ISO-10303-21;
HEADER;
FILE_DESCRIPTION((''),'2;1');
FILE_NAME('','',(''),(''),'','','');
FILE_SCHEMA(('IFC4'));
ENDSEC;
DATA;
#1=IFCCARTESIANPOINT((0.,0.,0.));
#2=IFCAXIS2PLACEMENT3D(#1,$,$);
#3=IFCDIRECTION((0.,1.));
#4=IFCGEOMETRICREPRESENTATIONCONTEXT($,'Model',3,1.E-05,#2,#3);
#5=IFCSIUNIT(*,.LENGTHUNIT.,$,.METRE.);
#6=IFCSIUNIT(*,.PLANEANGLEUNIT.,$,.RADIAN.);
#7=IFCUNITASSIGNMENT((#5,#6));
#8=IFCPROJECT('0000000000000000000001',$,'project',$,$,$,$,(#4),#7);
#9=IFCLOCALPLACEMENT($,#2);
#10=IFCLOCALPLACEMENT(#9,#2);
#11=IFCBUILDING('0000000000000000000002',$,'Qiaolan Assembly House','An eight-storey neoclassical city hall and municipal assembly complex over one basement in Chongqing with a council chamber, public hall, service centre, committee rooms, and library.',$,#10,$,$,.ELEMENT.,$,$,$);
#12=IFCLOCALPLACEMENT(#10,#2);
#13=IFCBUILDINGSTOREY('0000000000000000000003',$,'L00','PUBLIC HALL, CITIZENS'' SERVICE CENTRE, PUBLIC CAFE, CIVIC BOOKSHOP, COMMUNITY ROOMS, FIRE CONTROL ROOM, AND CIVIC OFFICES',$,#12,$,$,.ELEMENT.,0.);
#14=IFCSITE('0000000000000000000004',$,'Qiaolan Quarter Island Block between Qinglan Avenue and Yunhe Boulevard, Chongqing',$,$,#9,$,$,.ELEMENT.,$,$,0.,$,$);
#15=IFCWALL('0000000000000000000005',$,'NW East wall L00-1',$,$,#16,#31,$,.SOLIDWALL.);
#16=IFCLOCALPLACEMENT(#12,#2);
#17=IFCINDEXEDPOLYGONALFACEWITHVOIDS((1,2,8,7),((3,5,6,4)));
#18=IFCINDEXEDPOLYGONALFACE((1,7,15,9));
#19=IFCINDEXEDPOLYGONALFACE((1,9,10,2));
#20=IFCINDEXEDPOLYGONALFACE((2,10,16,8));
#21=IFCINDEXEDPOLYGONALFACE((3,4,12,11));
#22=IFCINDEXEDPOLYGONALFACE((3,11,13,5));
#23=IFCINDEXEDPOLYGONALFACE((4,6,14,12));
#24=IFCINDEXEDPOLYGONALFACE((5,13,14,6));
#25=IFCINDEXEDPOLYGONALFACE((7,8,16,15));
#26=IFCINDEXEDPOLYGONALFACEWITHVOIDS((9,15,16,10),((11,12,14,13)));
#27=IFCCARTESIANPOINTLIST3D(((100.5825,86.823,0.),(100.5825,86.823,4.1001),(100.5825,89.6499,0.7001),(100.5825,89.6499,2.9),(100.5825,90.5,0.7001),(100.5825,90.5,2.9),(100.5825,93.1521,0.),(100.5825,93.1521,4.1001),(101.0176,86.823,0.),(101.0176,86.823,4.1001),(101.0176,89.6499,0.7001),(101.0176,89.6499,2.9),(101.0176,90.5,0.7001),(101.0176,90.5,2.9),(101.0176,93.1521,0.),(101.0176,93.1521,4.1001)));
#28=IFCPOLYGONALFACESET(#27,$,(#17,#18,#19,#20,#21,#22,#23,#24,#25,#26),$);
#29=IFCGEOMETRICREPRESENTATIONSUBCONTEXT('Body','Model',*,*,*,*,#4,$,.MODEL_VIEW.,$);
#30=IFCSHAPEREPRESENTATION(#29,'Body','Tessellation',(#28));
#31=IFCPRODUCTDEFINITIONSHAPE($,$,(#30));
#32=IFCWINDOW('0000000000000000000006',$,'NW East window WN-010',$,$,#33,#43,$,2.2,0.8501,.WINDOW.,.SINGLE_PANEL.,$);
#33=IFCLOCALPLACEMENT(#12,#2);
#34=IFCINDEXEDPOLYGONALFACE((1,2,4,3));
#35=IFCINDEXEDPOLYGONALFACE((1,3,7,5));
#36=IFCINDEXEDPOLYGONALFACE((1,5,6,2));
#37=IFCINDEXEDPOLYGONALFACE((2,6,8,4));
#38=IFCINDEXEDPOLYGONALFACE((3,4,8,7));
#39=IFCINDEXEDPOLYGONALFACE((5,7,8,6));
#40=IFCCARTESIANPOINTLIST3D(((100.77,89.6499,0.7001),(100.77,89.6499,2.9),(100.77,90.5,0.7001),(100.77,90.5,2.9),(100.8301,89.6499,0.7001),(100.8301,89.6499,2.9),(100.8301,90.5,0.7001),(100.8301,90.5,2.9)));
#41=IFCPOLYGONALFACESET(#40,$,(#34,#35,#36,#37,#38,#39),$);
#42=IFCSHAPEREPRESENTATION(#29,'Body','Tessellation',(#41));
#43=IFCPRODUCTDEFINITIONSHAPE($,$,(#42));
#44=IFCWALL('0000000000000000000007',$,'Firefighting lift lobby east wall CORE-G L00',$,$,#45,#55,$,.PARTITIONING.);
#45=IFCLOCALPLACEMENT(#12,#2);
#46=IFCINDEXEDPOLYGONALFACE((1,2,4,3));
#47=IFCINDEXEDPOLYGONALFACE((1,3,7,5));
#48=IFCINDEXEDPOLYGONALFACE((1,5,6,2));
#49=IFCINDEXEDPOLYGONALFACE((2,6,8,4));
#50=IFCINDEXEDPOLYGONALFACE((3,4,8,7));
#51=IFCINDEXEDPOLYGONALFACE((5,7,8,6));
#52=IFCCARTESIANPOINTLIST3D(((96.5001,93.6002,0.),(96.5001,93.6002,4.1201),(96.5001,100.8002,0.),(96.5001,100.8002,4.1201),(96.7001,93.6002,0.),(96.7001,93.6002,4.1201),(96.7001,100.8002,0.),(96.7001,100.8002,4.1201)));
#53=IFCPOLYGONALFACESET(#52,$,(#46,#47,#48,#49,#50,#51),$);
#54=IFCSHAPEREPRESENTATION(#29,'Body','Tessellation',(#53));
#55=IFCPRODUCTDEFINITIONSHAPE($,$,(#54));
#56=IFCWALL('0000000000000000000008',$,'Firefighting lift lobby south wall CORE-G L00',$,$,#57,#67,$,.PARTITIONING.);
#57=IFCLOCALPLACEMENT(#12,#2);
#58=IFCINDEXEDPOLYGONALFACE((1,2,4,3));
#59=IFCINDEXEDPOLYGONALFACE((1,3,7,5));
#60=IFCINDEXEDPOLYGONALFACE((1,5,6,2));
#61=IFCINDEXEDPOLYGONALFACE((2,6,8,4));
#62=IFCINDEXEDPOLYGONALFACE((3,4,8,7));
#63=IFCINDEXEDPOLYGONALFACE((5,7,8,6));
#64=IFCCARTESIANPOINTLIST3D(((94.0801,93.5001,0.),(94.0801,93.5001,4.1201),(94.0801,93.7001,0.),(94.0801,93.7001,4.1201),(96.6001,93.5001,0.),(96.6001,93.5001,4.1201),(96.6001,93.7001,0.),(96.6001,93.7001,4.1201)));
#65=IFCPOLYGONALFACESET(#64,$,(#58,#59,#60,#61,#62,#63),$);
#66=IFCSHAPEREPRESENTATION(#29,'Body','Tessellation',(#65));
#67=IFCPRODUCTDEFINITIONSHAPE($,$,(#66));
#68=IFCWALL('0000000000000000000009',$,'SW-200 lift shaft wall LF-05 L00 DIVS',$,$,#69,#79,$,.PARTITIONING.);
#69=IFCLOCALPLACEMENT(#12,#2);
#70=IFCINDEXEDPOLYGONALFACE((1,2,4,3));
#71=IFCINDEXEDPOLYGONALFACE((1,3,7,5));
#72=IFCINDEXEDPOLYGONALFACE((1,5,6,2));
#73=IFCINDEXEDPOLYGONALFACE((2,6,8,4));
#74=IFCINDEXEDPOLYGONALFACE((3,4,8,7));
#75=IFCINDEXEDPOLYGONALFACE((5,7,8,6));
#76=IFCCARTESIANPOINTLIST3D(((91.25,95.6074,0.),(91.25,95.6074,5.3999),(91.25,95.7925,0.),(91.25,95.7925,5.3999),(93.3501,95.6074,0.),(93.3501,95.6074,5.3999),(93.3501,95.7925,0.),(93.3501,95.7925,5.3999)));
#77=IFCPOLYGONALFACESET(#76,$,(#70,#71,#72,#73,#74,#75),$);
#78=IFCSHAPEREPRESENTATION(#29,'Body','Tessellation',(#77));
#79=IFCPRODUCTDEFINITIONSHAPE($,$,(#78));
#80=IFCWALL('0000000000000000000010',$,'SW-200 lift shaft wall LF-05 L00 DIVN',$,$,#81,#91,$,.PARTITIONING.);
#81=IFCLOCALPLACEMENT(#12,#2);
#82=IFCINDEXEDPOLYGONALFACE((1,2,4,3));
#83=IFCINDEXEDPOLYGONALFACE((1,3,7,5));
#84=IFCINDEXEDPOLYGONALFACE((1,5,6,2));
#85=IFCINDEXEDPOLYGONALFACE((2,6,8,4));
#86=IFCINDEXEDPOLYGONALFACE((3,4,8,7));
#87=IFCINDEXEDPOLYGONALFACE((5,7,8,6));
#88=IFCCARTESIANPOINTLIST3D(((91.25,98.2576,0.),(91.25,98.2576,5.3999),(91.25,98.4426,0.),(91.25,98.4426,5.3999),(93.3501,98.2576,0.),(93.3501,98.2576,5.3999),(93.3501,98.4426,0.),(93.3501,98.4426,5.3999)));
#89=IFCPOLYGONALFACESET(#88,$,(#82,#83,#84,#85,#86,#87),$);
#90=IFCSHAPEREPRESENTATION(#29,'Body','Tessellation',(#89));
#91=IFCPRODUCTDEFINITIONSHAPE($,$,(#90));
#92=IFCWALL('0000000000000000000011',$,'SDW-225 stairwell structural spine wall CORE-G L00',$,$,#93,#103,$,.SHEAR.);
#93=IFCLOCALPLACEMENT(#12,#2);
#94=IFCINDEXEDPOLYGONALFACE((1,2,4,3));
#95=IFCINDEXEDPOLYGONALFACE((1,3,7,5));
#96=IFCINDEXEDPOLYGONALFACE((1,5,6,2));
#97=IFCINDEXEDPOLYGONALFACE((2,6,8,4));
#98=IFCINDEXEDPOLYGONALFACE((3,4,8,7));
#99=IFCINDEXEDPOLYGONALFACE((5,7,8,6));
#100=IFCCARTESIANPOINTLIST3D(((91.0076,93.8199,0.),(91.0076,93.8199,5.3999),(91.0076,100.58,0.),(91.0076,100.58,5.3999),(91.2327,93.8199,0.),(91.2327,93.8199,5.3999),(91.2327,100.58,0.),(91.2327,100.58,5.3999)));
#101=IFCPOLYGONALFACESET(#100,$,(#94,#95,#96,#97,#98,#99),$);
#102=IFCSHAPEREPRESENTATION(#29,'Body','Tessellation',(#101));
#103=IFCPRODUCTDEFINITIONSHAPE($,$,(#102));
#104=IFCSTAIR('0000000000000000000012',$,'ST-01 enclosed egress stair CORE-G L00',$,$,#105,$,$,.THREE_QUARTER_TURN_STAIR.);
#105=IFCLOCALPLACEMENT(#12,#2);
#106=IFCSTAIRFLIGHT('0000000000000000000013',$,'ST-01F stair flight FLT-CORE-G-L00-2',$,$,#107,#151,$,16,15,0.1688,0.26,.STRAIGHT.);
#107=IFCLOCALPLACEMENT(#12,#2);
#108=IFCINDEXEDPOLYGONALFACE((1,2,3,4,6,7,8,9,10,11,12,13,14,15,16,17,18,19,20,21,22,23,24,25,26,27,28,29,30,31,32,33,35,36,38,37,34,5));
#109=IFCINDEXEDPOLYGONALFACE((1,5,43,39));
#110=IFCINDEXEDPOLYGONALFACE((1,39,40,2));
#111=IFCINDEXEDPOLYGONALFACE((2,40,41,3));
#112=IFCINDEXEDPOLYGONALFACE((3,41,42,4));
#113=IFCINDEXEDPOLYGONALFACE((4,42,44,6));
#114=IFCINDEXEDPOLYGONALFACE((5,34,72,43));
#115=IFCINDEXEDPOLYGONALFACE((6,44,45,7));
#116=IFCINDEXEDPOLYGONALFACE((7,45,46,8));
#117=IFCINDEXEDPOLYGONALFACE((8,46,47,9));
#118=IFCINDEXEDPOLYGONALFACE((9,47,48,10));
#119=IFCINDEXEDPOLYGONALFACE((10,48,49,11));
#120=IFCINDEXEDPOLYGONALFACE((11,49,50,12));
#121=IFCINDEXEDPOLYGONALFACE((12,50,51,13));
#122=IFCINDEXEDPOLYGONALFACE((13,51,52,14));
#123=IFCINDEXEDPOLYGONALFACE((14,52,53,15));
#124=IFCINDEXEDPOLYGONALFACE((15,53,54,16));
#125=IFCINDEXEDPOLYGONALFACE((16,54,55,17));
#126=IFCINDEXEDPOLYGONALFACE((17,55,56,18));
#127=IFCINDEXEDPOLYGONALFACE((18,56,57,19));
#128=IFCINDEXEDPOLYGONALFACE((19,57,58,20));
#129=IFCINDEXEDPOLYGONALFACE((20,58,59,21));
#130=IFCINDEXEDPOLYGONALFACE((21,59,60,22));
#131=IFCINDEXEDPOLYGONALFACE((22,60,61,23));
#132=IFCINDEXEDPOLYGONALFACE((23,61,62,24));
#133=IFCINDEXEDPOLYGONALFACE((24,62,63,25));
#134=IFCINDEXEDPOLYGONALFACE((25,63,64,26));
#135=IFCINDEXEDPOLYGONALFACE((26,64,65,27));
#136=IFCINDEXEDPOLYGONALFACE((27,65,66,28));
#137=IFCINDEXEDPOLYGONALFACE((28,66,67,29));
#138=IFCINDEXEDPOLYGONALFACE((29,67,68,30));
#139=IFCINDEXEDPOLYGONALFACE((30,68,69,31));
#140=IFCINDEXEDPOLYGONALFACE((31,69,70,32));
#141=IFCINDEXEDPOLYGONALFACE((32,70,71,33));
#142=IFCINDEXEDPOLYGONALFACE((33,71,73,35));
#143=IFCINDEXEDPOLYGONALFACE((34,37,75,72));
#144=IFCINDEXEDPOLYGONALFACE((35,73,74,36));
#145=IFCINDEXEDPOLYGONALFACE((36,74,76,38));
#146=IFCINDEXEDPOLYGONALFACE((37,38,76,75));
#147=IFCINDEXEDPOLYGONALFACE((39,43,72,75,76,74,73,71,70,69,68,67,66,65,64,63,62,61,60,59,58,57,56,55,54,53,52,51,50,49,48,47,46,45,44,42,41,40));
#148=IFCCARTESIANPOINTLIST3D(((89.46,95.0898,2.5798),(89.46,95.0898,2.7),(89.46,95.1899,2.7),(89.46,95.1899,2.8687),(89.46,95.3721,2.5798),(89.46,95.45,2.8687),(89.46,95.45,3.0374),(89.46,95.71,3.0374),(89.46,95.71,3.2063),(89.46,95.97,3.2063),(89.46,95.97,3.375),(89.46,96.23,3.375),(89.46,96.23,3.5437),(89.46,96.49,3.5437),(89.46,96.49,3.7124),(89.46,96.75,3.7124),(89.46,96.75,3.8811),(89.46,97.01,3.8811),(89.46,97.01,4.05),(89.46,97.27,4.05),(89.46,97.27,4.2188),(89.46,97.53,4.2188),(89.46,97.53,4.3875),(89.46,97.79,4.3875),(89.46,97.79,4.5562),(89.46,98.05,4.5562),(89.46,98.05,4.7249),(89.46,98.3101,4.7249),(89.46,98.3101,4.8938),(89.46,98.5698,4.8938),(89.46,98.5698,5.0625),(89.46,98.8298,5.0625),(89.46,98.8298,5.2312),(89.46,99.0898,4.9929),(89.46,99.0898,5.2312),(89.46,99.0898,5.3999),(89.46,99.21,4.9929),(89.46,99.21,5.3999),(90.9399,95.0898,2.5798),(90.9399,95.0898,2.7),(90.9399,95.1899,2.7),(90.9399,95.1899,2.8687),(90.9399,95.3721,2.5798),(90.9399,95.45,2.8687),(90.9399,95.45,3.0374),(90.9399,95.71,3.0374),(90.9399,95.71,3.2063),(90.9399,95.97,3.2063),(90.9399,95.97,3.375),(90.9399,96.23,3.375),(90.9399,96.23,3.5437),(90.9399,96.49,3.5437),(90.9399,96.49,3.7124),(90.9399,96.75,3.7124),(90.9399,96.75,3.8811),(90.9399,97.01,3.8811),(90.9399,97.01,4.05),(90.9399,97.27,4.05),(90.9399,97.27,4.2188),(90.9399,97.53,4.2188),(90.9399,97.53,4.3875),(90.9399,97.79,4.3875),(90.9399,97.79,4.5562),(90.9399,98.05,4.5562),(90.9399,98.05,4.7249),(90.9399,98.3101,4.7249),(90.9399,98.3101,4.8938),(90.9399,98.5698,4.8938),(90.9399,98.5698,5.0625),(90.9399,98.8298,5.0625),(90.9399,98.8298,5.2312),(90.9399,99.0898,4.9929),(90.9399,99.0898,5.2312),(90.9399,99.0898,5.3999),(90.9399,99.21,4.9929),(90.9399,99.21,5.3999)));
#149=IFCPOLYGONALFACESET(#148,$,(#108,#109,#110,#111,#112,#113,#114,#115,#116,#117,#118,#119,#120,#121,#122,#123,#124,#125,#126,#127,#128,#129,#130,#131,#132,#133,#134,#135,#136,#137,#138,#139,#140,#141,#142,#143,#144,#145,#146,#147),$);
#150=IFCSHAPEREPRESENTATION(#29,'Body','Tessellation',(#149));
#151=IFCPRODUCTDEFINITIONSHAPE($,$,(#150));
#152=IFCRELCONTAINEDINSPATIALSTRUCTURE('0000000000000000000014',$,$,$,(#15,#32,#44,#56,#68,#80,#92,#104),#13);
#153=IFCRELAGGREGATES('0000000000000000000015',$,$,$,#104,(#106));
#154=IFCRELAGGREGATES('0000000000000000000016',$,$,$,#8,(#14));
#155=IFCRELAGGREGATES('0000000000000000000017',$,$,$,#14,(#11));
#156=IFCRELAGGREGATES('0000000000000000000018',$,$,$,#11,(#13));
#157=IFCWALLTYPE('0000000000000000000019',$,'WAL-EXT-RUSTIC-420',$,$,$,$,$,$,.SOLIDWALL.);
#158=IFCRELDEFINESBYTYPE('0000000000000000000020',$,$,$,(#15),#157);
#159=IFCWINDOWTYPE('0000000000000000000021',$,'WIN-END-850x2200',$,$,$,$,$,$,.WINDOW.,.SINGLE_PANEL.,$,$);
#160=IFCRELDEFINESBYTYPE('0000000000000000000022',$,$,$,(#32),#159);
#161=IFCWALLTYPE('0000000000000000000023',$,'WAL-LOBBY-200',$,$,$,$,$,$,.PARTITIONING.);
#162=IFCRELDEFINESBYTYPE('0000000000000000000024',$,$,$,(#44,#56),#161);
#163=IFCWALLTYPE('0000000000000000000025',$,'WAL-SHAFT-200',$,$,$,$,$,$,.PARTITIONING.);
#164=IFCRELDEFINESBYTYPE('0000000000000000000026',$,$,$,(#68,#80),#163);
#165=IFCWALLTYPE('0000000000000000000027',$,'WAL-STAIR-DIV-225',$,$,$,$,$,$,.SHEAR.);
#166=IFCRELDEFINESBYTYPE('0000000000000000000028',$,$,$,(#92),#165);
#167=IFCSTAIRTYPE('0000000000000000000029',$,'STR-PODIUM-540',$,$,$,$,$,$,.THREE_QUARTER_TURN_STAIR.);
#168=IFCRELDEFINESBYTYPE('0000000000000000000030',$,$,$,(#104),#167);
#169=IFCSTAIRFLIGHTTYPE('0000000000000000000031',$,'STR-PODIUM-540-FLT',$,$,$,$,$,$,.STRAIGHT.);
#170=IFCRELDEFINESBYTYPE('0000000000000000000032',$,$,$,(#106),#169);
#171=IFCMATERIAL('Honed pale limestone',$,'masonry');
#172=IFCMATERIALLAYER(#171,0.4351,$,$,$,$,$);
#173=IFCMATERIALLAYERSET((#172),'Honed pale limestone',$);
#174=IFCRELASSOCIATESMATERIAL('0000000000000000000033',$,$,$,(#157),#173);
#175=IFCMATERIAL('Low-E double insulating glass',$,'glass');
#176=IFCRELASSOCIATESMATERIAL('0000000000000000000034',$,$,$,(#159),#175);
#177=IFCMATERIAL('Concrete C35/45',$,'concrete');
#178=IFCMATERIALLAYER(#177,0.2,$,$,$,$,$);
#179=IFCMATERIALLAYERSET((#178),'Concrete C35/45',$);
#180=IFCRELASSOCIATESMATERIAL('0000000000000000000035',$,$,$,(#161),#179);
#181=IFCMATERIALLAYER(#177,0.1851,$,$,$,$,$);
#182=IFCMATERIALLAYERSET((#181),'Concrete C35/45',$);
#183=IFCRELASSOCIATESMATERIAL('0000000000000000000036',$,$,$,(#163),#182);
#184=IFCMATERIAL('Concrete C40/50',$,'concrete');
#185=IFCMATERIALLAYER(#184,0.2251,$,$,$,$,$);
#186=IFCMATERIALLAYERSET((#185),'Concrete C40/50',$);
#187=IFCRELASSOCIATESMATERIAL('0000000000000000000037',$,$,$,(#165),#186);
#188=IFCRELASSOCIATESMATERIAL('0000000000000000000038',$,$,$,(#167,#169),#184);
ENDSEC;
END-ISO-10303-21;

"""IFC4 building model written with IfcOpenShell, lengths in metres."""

from ifc_helpers import new_model, si_unit, direction, frame, frame_2d, origin, place, context, subcontext, project, spatial, polyline, rectangle, outline, extrude, material, layer, layer_set, type_object, element, fill, aggregate, save


model = new_model("IFC4")

# Units and contexts
model_context = context("Model", 3, precision=1e-05, world=origin(), true_north=direction((0.0, 1.0)))
body_context = subcontext(model_context, "Body", "Model", "MODEL_VIEW")
ifc_project = project(units=[si_unit("LENGTHUNIT", "METRE"), si_unit("PLANEANGLEUNIT", "RADIAN")], contexts=[model_context])

# Site, building, storey
site_placement = place(None, origin())
site = spatial("IfcSite", under=ifc_project, at=site_placement, Name="Qiaolan Quarter Island Block between Qinglan Avenue and Yunhe Boulevard, Chongqing", CompositionType="ELEMENT", RefElevation=0.0)
building_placement = place(site_placement, origin())
building = spatial("IfcBuilding", under=site, at=building_placement, Name="Qiaolan Assembly House", Description="An eight-storey neoclassical city hall and municipal assembly complex over one basement in Chongqing with a council chamber, public hall, service centre, committee rooms, and library.", CompositionType="ELEMENT")
storey_placement = place(building_placement, origin())
storey = spatial("IfcBuildingStorey", under=building, at=storey_placement, Name="L00", Description="PUBLIC HALL, CITIZENS' SERVICE CENTRE, PUBLIC CAFE, CIVIC BOOKSHOP, COMMUNITY ROOMS, FIRE CONTROL ROOM, AND CIVIC OFFICES", CompositionType="ELEMENT", Elevation=0.0)

# Shared definitions
ifc_material_1 = material(Name="Concrete C40/50", Category="concrete")

# Wall, opening, window
ifc_material_2 = material(Name="Honed pale limestone", Category="masonry")
ifc_layer_1 = layer(ifc_material_2, 0.4351)
ifc_layer_set_1 = layer_set([ifc_layer_1], Name="Honed pale limestone")
wall_type_1 = type_object("IfcWallType", Name="WAL-EXT-RUSTIC-420", PredefinedType="SOLIDWALL", material=ifc_layer_set_1)
wall_1_placement = place(storey_placement, frame((100.8, 93.1521, 0.0), z_axis=(0.0, 0.0, 1.0), x_axis=(0.0, -1.0, 0.0)))
wall_1 = element("IfcWall", 1, at=wall_1_placement, inside=storey, type_object=wall_type_1, Name="NW East wall L00-1", PredefinedType="SOLIDWALL", context=body_context, shape_type="SweptSolid", body=[
    extrude(rectangle(XDim=6.3291, YDim=0.4351, at=frame_2d((3.1646, 0.0))), origin(), (0.0, 0.0, 1.0), 4.1001),
])
opening_1_placement = place(wall_1_placement, frame((2.6521, 0.0, 0.7)))
opening_1 = element("IfcOpeningElement", 2, at=opening_1_placement, cuts=wall_1, PredefinedType="OPENING", context=body_context, shape_type="SweptSolid", body=[
    extrude(rectangle(XDim=0.8501, YDim=2.2, at=frame_2d((0.425, 1.1001))), frame((0.0, 0.2275, 0.0), z_axis=(0.0, -1.0, 0.0), x_axis=(1.0, 0.0, 0.0)), (0.0, 0.0, 1.0), 0.4551),
])
ifc_material_3 = material(Name="Low-E double insulating glass", Category="glass")
window_type = type_object("IfcWindowType", Name="WIN-END-850x2200", PartitioningType="SINGLE_PANEL", PredefinedType="WINDOW", material=ifc_material_3)
window_placement = place(opening_1_placement, origin())
window = element("IfcWindow", 3, at=window_placement, inside=storey, type_object=window_type, Name="NW East window WN-010", OverallHeight=2.2, OverallWidth=0.8501, PartitioningType="SINGLE_PANEL", PredefinedType="WINDOW", context=body_context, shape_type="SweptSolid", body=[
    extrude(rectangle(XDim=0.8501, YDim=2.2, at=frame_2d((0.425, 1.1001))), frame((0.0, 0.03, 0.0), z_axis=(0.0, -1.0, 0.0), x_axis=(1.0, 0.0, 0.0)), (0.0, 0.0, 1.0), 0.0601),
])
fill(opening_1, window)

# Walls
ifc_material_4 = material(Name="Concrete C35/45", Category="concrete")
ifc_layer_2 = layer(ifc_material_4, 0.2)
ifc_layer_set_2 = layer_set([ifc_layer_2], Name="Concrete C35/45")
wall_type_2 = type_object("IfcWallType", Name="WAL-LOBBY-200", PredefinedType="PARTITIONING", material=ifc_layer_set_2)
wall_2_placement = place(storey_placement, frame((96.6001, 93.6001, 0.0), z_axis=(0.0, 0.0, 1.0), x_axis=(0.0, 1.0, 0.0)))
element("IfcWall", 4, at=wall_2_placement, inside=storey, type_object=wall_type_2, Name="Firefighting lift lobby east wall CORE-G L00", PredefinedType="PARTITIONING", context=body_context, shape_type="SweptSolid", body=[
    extrude(rectangle(XDim=7.2, YDim=0.2, at=frame_2d((3.6001, 0.0))), origin(), (0.0, 0.0, 1.0), 4.1201),
])
wall_3_placement = place(storey_placement, frame((94.0801, 93.6001, 0.0), z_axis=(0.0, 0.0, 1.0), x_axis=(1.0, 0.0, 0.0)))
element("IfcWall", 5, at=wall_3_placement, inside=storey, type_object=wall_type_2, Name="Firefighting lift lobby south wall CORE-G L00", PredefinedType="PARTITIONING", context=body_context, shape_type="SweptSolid", body=[
    extrude(rectangle(XDim=2.52, YDim=0.2, at=frame_2d((1.26, 0.0))), origin(), (0.0, 0.0, 1.0), 4.1201),
])
ifc_layer_3 = layer(ifc_material_4, 0.1851)
ifc_layer_set_3 = layer_set([ifc_layer_3], Name="Concrete C35/45")
wall_type_3 = type_object("IfcWallType", Name="WAL-SHAFT-200", PredefinedType="PARTITIONING", material=ifc_layer_set_3)
for number, where, z_axis, x_axis, name in (
    (6, (91.25, 95.7, 0.0), (0.0, 0.0, 1.0), (1.0, 0.0, 0.0), "SW-200 lift shaft wall LF-05 L00 DIVS"),
    (7, (91.25, 98.3501, 0.0), (0.0, 0.0, 1.0), (1.0, 0.0, 0.0), "SW-200 lift shaft wall LF-05 L00 DIVN"),
):
    element("IfcWall", number, at=place(storey_placement, frame(where, z_axis=z_axis, x_axis=x_axis)), inside=storey, type_object=wall_type_3, Name=name, PredefinedType="PARTITIONING", context=body_context, shape_type="SweptSolid", body=[
        extrude(rectangle(XDim=2.1001, YDim=0.1851, at=frame_2d((1.05, 0.0))), origin(), (0.0, 0.0, 1.0), 5.3999),
    ])
ifc_layer_4 = layer(ifc_material_1, 0.2251)
ifc_layer_set_4 = layer_set([ifc_layer_4], Name="Concrete C40/50")
wall_type_4 = type_object("IfcWallType", Name="WAL-STAIR-DIV-225", PredefinedType="SHEAR", material=ifc_layer_set_4)
wall_4_placement = place(storey_placement, frame((91.1201, 93.8201, 0.0), z_axis=(0.0, 0.0, 1.0), x_axis=(0.0, 1.0, 0.0)))
element("IfcWall", 8, at=wall_4_placement, inside=storey, type_object=wall_type_4, Name="SDW-225 stairwell structural spine wall CORE-G L00", PredefinedType="SHEAR", context=body_context, shape_type="SweptSolid", body=[
    extrude(rectangle(XDim=6.76, YDim=0.2251, at=frame_2d((3.3799, 0.0))), origin(), (0.0, 0.0, 1.0), 5.3999),
])

# Stair, stair flight
stair_type = type_object("IfcStairType", Name="STR-PODIUM-540", PredefinedType="THREE_QUARTER_TURN_STAIR", material=ifc_material_1)
stair_placement = place(storey_placement, origin())
stair = element("IfcStair", 9, at=stair_placement, inside=storey, type_object=stair_type, Name="ST-01 enclosed egress stair CORE-G L00", PredefinedType="THREE_QUARTER_TURN_STAIR")
stair_flight_type = type_object("IfcStairFlightType", Name="STR-PODIUM-540-FLT", PredefinedType="STRAIGHT", material=ifc_material_1)
stair_flight_placement = place(storey_placement, frame((90.2, 95.1899, 2.7), z_axis=(0.0, 0.0, 1.0), x_axis=(0.0, 1.0, 0.0)))
stair_flight = element("IfcStairFlight", 10, at=stair_flight_placement, type_object=stair_flight_type, Name="ST-01F stair flight FLT-CORE-G-L00-2", NumberOfRisers=16, NumberOfTreads=15, PredefinedType="STRAIGHT", RiserHeight=0.1688, TreadLength=0.26, context=body_context, shape_type="SweptSolid", body=[
    extrude(outline(polyline([(-0.1001, -0.1201), (-0.1001, 0.0), (0.0, 0.0), (0.0, 0.1687), (0.26, 0.1687), (0.26, 0.3374), (0.52, 0.3374), (0.52, 0.5063), (0.78, 0.5063), (0.78, 0.675), (1.04, 0.675), (1.04, 0.8438), (1.3, 0.8438), (1.3, 1.0125), (1.5601, 1.0125), (1.5601, 1.1812), (1.8201, 1.1812), (1.8201, 1.3501), (2.0801, 1.3501), (2.0801, 1.5188), (2.3401, 1.5188), (2.3401, 1.6875), (2.6001, 1.6875), (2.6001, 1.8562), (2.8601, 1.8562), (2.8601, 2.0249), (3.1201, 2.0249), (3.1201, 2.1938), (3.3799, 2.1938), (3.3799, 2.3625), (3.6399, 2.3625), (3.6399, 2.5312), (3.8999, 2.5312), (3.8999, 2.7), (4.02, 2.7), (4.02, 2.293), (3.8999, 2.293), (0.1821, -0.1201), (-0.1001, -0.1201)])), frame((0.0, 0.74, 0.0), z_axis=(0.0, -1.0, 0.0), x_axis=(1.0, 0.0, 0.0)), (0.0, 0.0, 1.0), 1.48),
])
aggregate(stair, [stair_flight])

save(model, "model.ifc")
